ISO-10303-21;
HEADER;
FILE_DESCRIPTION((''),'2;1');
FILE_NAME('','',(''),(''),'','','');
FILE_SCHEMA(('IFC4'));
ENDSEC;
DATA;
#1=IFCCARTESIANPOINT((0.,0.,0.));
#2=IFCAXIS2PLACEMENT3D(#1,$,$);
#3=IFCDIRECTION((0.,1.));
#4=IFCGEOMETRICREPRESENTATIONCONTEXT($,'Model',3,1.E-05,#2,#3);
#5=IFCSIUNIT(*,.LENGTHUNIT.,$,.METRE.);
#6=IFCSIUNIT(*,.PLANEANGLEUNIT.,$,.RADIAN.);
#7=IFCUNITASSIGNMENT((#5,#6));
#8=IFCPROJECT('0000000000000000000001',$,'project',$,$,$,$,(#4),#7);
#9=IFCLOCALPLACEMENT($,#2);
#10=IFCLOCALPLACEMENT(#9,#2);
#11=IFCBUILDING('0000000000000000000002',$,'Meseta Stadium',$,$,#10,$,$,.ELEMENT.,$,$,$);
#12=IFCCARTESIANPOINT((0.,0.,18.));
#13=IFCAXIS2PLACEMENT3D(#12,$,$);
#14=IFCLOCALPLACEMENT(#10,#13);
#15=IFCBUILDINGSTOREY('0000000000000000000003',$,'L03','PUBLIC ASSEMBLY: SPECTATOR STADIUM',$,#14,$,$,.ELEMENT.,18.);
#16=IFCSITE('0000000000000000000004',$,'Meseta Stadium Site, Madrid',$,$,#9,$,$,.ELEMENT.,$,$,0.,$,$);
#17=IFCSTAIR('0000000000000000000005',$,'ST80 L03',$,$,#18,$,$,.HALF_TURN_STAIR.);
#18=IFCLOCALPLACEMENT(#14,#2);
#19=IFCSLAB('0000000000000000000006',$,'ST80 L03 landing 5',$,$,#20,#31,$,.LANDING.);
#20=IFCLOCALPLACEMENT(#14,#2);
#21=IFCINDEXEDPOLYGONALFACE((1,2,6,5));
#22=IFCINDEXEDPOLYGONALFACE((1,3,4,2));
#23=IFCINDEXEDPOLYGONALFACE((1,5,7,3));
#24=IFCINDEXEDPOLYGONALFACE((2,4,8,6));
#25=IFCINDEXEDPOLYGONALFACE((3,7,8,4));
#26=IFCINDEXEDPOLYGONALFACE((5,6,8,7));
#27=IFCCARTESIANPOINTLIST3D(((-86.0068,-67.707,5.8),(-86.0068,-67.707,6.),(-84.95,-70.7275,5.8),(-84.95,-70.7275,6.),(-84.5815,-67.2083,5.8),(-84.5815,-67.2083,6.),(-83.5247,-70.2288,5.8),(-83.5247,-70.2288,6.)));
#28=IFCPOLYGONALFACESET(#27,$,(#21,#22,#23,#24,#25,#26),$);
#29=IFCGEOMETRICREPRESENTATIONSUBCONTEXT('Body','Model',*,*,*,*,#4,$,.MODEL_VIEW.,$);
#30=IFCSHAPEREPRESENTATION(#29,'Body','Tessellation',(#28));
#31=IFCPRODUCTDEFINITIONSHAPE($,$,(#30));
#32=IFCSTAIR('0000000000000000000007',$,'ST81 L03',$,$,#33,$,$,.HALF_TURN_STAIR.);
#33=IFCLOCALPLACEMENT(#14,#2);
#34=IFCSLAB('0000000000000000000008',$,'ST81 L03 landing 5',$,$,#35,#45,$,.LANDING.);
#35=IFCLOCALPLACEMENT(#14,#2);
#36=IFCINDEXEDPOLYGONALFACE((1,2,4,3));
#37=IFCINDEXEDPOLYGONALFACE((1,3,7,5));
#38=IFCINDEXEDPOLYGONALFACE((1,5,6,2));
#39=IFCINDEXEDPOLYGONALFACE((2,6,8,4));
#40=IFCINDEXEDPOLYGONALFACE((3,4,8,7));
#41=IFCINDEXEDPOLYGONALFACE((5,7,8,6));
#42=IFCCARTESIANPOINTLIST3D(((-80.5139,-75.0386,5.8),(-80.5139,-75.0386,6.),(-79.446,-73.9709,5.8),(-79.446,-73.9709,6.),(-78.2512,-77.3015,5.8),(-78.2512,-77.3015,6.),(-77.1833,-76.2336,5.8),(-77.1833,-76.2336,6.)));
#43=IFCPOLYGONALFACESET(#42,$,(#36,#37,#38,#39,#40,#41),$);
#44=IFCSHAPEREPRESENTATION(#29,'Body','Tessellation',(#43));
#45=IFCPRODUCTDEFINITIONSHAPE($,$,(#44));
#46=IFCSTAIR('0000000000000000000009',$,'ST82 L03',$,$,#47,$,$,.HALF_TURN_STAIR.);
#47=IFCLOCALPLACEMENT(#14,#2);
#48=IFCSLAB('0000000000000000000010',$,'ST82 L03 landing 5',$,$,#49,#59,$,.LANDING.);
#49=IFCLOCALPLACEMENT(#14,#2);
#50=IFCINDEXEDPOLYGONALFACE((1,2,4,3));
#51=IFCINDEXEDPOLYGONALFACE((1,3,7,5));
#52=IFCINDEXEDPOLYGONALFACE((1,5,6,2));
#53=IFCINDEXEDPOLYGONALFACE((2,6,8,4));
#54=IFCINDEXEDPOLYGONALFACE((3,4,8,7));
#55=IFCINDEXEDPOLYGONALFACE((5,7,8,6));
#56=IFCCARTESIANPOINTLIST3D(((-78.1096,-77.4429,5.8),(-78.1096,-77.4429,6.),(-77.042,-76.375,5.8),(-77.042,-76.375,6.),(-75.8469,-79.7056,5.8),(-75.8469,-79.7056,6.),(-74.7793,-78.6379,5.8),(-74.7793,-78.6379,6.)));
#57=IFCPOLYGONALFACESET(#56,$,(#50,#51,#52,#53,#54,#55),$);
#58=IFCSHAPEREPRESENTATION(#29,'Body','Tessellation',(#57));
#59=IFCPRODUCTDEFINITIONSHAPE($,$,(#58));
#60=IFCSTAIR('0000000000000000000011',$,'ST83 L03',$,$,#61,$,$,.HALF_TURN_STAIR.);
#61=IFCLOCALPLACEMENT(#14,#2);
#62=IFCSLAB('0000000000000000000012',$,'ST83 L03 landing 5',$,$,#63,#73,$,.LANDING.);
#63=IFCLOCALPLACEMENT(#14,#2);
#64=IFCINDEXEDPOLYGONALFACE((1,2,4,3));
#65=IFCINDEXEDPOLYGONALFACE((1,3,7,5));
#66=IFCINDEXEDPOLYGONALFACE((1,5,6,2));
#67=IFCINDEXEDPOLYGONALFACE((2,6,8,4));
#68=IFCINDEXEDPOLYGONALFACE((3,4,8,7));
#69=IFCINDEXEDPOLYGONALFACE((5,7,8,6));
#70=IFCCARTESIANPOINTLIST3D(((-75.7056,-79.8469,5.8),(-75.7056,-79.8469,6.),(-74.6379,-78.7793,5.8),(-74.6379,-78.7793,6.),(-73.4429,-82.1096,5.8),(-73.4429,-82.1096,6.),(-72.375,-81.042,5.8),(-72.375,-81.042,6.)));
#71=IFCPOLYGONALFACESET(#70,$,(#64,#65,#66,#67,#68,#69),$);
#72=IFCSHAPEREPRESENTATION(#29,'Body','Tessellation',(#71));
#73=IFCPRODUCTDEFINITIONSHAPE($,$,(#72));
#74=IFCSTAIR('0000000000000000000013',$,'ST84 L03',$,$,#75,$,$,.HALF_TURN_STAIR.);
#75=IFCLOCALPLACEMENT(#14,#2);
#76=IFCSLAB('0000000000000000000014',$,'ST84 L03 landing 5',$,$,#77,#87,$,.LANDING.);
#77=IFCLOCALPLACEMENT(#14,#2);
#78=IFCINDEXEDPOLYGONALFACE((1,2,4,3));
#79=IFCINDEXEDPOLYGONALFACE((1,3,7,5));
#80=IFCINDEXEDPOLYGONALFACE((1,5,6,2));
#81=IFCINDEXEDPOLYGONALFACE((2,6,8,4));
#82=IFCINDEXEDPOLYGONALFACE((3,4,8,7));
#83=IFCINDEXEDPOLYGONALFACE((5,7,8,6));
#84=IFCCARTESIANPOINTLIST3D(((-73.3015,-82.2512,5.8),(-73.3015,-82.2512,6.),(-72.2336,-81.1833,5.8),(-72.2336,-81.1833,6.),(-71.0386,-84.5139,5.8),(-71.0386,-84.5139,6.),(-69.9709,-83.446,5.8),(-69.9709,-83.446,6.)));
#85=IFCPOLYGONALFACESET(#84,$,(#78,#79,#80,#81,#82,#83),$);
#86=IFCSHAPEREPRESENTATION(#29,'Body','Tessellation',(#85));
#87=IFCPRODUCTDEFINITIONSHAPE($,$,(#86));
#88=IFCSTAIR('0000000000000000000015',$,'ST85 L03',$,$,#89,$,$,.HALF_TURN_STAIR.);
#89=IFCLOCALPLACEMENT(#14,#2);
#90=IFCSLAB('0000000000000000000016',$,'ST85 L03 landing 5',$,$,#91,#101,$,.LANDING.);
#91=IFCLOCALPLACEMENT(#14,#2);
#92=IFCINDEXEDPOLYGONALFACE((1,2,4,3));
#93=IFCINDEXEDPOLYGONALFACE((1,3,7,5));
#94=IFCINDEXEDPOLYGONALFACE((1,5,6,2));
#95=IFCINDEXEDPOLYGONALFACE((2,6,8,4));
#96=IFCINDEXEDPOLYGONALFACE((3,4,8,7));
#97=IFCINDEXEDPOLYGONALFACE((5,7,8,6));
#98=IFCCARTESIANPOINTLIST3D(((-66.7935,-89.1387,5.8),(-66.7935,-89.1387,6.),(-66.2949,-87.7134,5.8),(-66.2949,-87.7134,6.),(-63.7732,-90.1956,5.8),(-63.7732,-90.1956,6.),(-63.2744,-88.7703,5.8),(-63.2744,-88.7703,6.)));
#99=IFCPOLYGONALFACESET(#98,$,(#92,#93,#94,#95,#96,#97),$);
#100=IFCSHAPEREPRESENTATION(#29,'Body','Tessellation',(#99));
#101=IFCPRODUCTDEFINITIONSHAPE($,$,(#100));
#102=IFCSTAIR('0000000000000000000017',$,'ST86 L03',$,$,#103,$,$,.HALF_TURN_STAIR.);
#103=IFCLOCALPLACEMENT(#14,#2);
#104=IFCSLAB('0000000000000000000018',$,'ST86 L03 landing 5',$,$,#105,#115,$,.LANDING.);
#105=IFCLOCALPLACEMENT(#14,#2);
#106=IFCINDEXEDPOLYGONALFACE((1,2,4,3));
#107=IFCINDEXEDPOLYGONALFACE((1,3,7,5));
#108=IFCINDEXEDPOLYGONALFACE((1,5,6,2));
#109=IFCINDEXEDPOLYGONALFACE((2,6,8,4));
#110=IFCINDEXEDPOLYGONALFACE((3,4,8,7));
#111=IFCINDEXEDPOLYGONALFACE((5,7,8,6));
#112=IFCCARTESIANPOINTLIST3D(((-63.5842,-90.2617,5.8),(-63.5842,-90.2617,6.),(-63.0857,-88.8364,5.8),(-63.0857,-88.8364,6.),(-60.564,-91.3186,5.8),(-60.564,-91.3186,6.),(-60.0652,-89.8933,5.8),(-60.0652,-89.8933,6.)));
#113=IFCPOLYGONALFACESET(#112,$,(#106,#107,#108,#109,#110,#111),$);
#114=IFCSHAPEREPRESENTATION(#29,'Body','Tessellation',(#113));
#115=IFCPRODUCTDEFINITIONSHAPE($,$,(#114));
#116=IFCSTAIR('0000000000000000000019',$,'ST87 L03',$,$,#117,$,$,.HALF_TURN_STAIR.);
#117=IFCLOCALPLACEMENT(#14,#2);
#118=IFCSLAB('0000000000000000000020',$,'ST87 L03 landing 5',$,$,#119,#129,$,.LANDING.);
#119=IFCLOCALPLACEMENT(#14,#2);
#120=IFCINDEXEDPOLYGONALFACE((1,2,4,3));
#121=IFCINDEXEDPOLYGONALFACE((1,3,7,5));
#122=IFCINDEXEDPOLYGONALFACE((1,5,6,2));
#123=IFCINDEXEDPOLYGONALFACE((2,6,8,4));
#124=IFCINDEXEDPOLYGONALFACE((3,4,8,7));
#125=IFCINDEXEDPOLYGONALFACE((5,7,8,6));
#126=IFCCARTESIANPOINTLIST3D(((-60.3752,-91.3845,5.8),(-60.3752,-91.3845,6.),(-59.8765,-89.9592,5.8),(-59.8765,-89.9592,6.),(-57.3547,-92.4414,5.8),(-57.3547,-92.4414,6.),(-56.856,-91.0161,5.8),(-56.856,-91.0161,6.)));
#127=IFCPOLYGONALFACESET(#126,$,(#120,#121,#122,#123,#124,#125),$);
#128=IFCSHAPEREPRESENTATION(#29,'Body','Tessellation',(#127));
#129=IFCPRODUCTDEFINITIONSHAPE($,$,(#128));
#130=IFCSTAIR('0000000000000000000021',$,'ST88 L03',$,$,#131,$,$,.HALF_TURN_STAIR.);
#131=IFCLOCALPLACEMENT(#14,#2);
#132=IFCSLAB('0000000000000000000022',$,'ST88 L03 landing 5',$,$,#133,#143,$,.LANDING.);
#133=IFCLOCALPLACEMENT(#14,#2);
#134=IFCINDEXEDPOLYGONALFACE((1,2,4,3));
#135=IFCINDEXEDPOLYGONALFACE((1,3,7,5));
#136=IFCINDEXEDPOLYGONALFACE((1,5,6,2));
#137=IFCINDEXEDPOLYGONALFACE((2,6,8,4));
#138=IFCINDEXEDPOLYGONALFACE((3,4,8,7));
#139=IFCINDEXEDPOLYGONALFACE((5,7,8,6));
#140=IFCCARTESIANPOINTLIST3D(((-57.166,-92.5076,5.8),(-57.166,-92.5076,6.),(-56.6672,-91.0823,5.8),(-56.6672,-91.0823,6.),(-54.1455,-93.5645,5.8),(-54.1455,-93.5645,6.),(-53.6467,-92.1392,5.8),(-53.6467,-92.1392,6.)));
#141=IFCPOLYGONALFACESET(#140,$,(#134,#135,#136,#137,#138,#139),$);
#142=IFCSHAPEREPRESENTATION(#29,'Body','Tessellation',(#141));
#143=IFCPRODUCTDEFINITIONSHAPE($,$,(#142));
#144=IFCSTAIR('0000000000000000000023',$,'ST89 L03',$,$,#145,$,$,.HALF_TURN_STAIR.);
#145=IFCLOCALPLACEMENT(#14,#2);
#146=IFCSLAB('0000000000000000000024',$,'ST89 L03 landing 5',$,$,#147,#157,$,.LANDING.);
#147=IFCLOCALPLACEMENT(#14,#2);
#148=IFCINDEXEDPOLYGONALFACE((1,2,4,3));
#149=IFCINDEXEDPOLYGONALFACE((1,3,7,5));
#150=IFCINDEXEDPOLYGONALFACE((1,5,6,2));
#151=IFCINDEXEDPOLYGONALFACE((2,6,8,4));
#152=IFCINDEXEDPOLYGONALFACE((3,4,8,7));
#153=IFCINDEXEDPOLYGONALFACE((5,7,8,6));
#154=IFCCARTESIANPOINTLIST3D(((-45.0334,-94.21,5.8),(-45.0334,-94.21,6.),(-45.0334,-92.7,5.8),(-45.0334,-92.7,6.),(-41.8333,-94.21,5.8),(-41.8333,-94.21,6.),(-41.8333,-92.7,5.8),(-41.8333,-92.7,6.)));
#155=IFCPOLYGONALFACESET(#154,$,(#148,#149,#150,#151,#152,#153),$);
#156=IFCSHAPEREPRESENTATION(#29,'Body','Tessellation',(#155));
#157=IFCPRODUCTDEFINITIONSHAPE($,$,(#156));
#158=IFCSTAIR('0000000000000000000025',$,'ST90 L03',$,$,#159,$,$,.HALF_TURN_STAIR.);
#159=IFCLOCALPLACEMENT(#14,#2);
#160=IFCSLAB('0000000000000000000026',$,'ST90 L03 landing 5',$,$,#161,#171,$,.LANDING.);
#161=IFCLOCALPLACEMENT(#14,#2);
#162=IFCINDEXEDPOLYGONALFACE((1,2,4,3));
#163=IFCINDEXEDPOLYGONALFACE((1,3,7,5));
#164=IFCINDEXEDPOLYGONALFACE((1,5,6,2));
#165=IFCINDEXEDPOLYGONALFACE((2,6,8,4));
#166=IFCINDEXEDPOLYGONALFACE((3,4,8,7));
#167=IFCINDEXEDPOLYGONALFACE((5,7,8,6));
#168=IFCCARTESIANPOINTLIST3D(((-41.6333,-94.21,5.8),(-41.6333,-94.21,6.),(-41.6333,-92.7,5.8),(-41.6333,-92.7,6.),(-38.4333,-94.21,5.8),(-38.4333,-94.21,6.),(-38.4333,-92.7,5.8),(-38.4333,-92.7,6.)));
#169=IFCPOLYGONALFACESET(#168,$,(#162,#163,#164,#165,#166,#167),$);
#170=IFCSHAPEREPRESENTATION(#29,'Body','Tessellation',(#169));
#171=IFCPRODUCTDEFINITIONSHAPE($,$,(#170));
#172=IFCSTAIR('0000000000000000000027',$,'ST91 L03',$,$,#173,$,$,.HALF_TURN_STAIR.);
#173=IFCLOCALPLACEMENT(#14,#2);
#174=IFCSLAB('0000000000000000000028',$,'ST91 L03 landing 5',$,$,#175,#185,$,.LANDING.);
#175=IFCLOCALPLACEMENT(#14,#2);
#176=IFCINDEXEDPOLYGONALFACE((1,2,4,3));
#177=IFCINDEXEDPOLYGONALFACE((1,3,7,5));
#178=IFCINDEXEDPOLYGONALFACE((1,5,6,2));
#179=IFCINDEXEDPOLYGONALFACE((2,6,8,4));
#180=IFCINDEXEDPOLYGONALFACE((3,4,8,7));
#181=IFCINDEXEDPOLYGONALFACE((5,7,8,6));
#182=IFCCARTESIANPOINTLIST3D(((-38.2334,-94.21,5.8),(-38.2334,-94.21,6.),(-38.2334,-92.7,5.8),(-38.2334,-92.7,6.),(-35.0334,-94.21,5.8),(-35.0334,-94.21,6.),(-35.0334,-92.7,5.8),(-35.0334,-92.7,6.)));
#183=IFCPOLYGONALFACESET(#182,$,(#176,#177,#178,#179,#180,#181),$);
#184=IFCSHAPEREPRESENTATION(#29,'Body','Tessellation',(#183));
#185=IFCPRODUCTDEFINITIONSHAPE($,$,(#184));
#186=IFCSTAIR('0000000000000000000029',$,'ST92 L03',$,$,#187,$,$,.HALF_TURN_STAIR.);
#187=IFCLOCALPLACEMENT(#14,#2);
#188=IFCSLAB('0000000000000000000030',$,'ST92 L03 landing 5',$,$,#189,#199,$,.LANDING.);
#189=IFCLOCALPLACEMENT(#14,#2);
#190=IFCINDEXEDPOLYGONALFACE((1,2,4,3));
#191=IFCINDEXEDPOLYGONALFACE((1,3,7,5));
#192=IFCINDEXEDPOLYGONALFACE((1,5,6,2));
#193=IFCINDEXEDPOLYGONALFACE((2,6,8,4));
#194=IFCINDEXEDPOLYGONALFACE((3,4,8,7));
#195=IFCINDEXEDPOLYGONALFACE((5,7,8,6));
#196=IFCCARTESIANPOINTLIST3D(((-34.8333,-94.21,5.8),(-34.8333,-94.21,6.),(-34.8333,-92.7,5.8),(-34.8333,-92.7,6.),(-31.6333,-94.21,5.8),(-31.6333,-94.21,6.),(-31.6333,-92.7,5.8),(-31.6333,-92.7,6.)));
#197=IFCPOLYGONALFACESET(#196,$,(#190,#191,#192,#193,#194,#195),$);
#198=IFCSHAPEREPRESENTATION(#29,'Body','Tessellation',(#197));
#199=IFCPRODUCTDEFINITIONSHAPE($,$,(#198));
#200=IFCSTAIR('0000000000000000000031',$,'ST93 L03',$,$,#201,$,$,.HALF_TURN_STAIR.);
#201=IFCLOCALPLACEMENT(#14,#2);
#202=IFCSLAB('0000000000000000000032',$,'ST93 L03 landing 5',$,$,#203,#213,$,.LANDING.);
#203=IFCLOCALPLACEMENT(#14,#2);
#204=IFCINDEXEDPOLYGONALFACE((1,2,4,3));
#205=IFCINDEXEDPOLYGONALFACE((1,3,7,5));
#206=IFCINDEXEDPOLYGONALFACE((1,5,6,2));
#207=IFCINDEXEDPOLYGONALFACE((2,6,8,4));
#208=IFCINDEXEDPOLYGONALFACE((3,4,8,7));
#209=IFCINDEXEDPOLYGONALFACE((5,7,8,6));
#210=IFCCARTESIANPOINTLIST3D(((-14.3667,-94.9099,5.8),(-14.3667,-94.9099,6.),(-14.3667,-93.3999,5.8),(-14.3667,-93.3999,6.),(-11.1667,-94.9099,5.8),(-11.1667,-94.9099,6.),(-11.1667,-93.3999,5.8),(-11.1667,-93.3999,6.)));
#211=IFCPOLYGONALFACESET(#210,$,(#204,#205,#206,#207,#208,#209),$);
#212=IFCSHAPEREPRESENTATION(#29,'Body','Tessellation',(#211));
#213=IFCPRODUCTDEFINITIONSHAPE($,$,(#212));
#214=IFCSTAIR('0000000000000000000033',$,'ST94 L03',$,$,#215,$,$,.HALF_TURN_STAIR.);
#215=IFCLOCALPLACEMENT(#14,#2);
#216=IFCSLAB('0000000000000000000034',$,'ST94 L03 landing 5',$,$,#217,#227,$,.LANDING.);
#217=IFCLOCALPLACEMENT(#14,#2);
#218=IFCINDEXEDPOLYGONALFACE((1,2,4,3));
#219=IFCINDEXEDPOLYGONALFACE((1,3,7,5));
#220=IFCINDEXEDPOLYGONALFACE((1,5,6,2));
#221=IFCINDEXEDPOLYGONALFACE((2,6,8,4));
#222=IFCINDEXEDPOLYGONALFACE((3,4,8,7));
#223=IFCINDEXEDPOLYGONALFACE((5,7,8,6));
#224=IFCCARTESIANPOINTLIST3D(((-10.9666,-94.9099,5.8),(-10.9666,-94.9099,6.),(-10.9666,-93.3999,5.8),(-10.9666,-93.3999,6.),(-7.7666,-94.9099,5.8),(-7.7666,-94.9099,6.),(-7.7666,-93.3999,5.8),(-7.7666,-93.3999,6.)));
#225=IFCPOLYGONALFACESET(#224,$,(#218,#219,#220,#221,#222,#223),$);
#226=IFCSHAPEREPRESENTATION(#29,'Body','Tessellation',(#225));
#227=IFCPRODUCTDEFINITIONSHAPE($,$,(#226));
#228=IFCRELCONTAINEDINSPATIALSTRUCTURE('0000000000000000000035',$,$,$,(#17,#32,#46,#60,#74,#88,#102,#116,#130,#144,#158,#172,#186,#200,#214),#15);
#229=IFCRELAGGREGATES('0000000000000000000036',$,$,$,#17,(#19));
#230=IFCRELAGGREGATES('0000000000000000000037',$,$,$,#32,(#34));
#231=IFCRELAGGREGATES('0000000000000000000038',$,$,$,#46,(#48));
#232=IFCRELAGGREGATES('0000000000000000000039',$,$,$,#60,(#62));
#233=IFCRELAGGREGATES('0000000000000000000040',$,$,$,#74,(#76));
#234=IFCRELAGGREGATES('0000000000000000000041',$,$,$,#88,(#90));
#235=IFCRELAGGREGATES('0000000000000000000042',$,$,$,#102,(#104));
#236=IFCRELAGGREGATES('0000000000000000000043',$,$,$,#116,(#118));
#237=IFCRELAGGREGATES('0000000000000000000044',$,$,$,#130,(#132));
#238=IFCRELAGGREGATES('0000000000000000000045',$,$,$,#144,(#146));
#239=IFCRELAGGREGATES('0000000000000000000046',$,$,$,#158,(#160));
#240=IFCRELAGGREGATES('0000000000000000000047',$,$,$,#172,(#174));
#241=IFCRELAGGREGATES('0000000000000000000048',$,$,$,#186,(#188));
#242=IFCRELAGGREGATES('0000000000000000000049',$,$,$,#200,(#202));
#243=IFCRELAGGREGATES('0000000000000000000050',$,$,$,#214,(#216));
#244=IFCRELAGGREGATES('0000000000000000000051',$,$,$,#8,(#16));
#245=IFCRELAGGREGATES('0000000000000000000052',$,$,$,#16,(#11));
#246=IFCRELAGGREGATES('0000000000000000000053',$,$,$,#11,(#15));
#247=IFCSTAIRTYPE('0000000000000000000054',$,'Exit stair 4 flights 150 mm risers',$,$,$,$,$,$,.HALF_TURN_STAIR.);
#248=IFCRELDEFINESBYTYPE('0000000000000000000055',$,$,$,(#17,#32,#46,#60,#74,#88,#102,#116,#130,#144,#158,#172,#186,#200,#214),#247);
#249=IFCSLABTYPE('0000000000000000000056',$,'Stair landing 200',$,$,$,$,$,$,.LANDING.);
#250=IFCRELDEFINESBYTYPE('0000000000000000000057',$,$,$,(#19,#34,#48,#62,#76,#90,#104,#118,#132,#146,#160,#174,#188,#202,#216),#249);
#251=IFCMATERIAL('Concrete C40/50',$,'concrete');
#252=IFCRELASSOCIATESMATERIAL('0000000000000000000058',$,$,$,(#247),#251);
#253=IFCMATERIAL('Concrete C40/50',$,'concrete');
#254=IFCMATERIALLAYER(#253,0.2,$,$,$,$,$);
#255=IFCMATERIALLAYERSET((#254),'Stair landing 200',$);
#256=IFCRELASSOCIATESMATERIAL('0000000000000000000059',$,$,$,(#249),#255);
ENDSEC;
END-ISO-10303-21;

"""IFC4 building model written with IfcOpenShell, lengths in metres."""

from ifc_helpers import new_model, si_unit, direction, frame, origin, place, context, subcontext, project, spatial, polyline, outline, extrude, material, layer, layer_set, type_object, element, aggregate, save


model = new_model("IFC4")

# Units and contexts
model_context = context("Model", 3, precision=1e-05, world=origin(), true_north=direction((0.0, 1.0)))
body_context = subcontext(model_context, "Body", "Model", "MODEL_VIEW")
ifc_project = project(units=[si_unit("LENGTHUNIT", "METRE"), si_unit("PLANEANGLEUNIT", "RADIAN")], contexts=[model_context])

# Site, building, storey
site_placement = place(None, origin())
site = spatial("IfcSite", under=ifc_project, at=site_placement, Name="Meseta Stadium Site, Madrid", CompositionType="ELEMENT", RefElevation=0.0)
building_placement = place(site_placement, origin())
building = spatial("IfcBuilding", under=site, at=building_placement, Name="Meseta Stadium", CompositionType="ELEMENT")
storey_placement = place(building_placement, frame((0.0, 0.0, 18.0)))
storey = spatial("IfcBuildingStorey", under=building, at=storey_placement, Name="L03", Description="PUBLIC ASSEMBLY: SPECTATOR STADIUM", CompositionType="ELEMENT", Elevation=18.0)

# Stairs, slabs
ifc_material_1 = material(Name="Concrete C40/50", Category="concrete")
stair_type = type_object("IfcStairType", Name="Exit stair 4 flights 150 mm risers", PredefinedType="HALF_TURN_STAIR", material=ifc_material_1)
stair_1_placement = place(storey_placement, origin())
stair_1 = element("IfcStair", 1, at=stair_1_placement, inside=storey, type_object=stair_type, Name="ST80 L03", PredefinedType="HALF_TURN_STAIR")
ifc_material_2 = material(Name="Concrete C40/50", Category="concrete")
ifc_layer = layer(ifc_material_2, 0.2)
ifc_layer_set = layer_set([ifc_layer], Name="Stair landing 200")
slab_type = type_object("IfcSlabType", Name="Stair landing 200", PredefinedType="LANDING", material=ifc_layer_set)
slab_1_placement = place(storey_placement, frame((0.0, 0.0, 5.8)))
slab_1 = element("IfcSlab", 2, at=slab_1_placement, type_object=slab_type, Name="ST80 L03 landing 5", PredefinedType="LANDING", context=body_context, shape_type="SweptSolid", body=[
    extrude(outline(polyline([(-84.5815, -67.2083), (-86.0068, -67.707), (-84.95, -70.7275), (-83.5247, -70.2288), (-84.5815, -67.2083)])), origin(), (0.0, 0.0, 1.0), 0.2),
])
aggregate(stair_1, [slab_1])
stair_2_placement = place(storey_placement, origin())
stair_2 = element("IfcStair", 3, at=stair_2_placement, inside=storey, type_object=stair_type, Name="ST81 L03", PredefinedType="HALF_TURN_STAIR")
slab_2_placement = place(storey_placement, frame((0.0, 0.0, 5.8)))
slab_2 = element("IfcSlab", 4, at=slab_2_placement, type_object=slab_type, Name="ST81 L03 landing 5", PredefinedType="LANDING", context=body_context, shape_type="SweptSolid", body=[
    extrude(outline(polyline([(-79.446, -73.9709), (-80.5139, -75.0386), (-78.2512, -77.3015), (-77.1833, -76.2336), (-79.446, -73.9709)])), origin(), (0.0, 0.0, 1.0), 0.2),
])
aggregate(stair_2, [slab_2])
stair_3_placement = place(storey_placement, origin())
stair_3 = element("IfcStair", 5, at=stair_3_placement, inside=storey, type_object=stair_type, Name="ST82 L03", PredefinedType="HALF_TURN_STAIR")
slab_3_placement = place(storey_placement, frame((0.0, 0.0, 5.8)))
slab_3 = element("IfcSlab", 6, at=slab_3_placement, type_object=slab_type, Name="ST82 L03 landing 5", PredefinedType="LANDING", context=body_context, shape_type="SweptSolid", body=[
    extrude(outline(polyline([(-77.042, -76.375), (-78.1096, -77.4429), (-75.8469, -79.7056), (-74.7793, -78.6379), (-77.042, -76.375)])), origin(), (0.0, 0.0, 1.0), 0.2),
])
aggregate(stair_3, [slab_3])
stair_4_placement = place(storey_placement, origin())
stair_4 = element("IfcStair", 7, at=stair_4_placement, inside=storey, type_object=stair_type, Name="ST83 L03", PredefinedType="HALF_TURN_STAIR")
slab_4_placement = place(storey_placement, frame((0.0, 0.0, 5.8)))
slab_4 = element("IfcSlab", 8, at=slab_4_placement, type_object=slab_type, Name="ST83 L03 landing 5", PredefinedType="LANDING", context=body_context, shape_type="SweptSolid", body=[
    extrude(outline(polyline([(-74.6379, -78.7793), (-75.7056, -79.8469), (-73.4429, -82.1096), (-72.375, -81.042), (-74.6379, -78.7793)])), origin(), (0.0, 0.0, 1.0), 0.2),
])
aggregate(stair_4, [slab_4])
stair_5_placement = place(storey_placement, origin())
stair_5 = element("IfcStair", 9, at=stair_5_placement, inside=storey, type_object=stair_type, Name="ST84 L03", PredefinedType="HALF_TURN_STAIR")
slab_5_placement = place(storey_placement, frame((0.0, 0.0, 5.8)))
slab_5 = element("IfcSlab", 10, at=slab_5_placement, type_object=slab_type, Name="ST84 L03 landing 5", PredefinedType="LANDING", context=body_context, shape_type="SweptSolid", body=[
    extrude(outline(polyline([(-72.2336, -81.1833), (-73.3015, -82.2512), (-71.0386, -84.5139), (-69.9709, -83.446), (-72.2336, -81.1833)])), origin(), (0.0, 0.0, 1.0), 0.2),
])
aggregate(stair_5, [slab_5])
stair_6_placement = place(storey_placement, origin())
stair_6 = element("IfcStair", 11, at=stair_6_placement, inside=storey, type_object=stair_type, Name="ST85 L03", PredefinedType="HALF_TURN_STAIR")
slab_6_placement = place(storey_placement, frame((0.0, 0.0, 5.8)))
slab_6 = element("IfcSlab", 12, at=slab_6_placement, type_object=slab_type, Name="ST85 L03 landing 5", PredefinedType="LANDING", context=body_context, shape_type="SweptSolid", body=[
    extrude(outline(polyline([(-66.2949, -87.7134), (-66.7935, -89.1387), (-63.7732, -90.1956), (-63.2744, -88.7703), (-66.2949, -87.7134)])), origin(), (0.0, 0.0, 1.0), 0.2),
])
aggregate(stair_6, [slab_6])
stair_7_placement = place(storey_placement, origin())
stair_7 = element("IfcStair", 13, at=stair_7_placement, inside=storey, type_object=stair_type, Name="ST86 L03", PredefinedType="HALF_TURN_STAIR")
slab_7_placement = place(storey_placement, frame((0.0, 0.0, 5.8)))
slab_7 = element("IfcSlab", 14, at=slab_7_placement, type_object=slab_type, Name="ST86 L03 landing 5", PredefinedType="LANDING", context=body_context, shape_type="SweptSolid", body=[
    extrude(outline(polyline([(-63.0857, -88.8364), (-63.5842, -90.2617), (-60.564, -91.3186), (-60.0652, -89.8933), (-63.0857, -88.8364)])), origin(), (0.0, 0.0, 1.0), 0.2),
])
aggregate(stair_7, [slab_7])
stair_8_placement = place(storey_placement, origin())
stair_8 = element("IfcStair", 15, at=stair_8_placement, inside=storey, type_object=stair_type, Name="ST87 L03", PredefinedType="HALF_TURN_STAIR")
slab_8_placement = place(storey_placement, frame((0.0, 0.0, 5.8)))
slab_8 = element("IfcSlab", 16, at=slab_8_placement, type_object=slab_type, Name="ST87 L03 landing 5", PredefinedType="LANDING", context=body_context, shape_type="SweptSolid", body=[
    extrude(outline(polyline([(-59.8765, -89.9592), (-60.3752, -91.3845), (-57.3547, -92.4414), (-56.856, -91.0161), (-59.8765, -89.9592)])), origin(), (0.0, 0.0, 1.0), 0.2),
])
aggregate(stair_8, [slab_8])
stair_9_placement = place(storey_placement, origin())
stair_9 = element("IfcStair", 17, at=stair_9_placement, inside=storey, type_object=stair_type, Name="ST88 L03", PredefinedType="HALF_TURN_STAIR")
slab_9_placement = place(storey_placement, frame((0.0, 0.0, 5.8)))
slab_9 = element("IfcSlab", 18, at=slab_9_placement, type_object=slab_type, Name="ST88 L03 landing 5", PredefinedType="LANDING", context=body_context, shape_type="SweptSolid", body=[
    extrude(outline(polyline([(-56.6672, -91.0823), (-57.166, -92.5076), (-54.1455, -93.5645), (-53.6467, -92.1392), (-56.6672, -91.0823)])), origin(), (0.0, 0.0, 1.0), 0.2),
])
aggregate(stair_9, [slab_9])
stair_10_placement = place(storey_placement, origin())
stair_10 = element("IfcStair", 19, at=stair_10_placement, inside=storey, type_object=stair_type, Name="ST89 L03", PredefinedType="HALF_TURN_STAIR")
slab_10_placement = place(storey_placement, frame((0.0, 0.0, 5.8)))
slab_10 = element("IfcSlab", 20, at=slab_10_placement, type_object=slab_type, Name="ST89 L03 landing 5", PredefinedType="LANDING", context=body_context, shape_type="SweptSolid", body=[
    extrude(outline(polyline([(-45.0334, -92.7), (-45.0334, -94.21), (-41.8333, -94.21), (-41.8333, -92.7), (-45.0334, -92.7)])), origin(), (0.0, 0.0, 1.0), 0.2),
])
aggregate(stair_10, [slab_10])
stair_11_placement = place(storey_placement, origin())
stair_11 = element("IfcStair", 21, at=stair_11_placement, inside=storey, type_object=stair_type, Name="ST90 L03", PredefinedType="HALF_TURN_STAIR")
slab_11_placement = place(storey_placement, frame((0.0, 0.0, 5.8)))
slab_11 = element("IfcSlab", 22, at=slab_11_placement, type_object=slab_type, Name="ST90 L03 landing 5", PredefinedType="LANDING", context=body_context, shape_type="SweptSolid", body=[
    extrude(outline(polyline([(-41.6333, -92.7), (-41.6333, -94.21), (-38.4333, -94.21), (-38.4333, -92.7), (-41.6333, -92.7)])), origin(), (0.0, 0.0, 1.0), 0.2),
])
aggregate(stair_11, [slab_11])
stair_12_placement = place(storey_placement, origin())
stair_12 = element("IfcStair", 23, at=stair_12_placement, inside=storey, type_object=stair_type, Name="ST91 L03", PredefinedType="HALF_TURN_STAIR")
slab_12_placement = place(storey_placement, frame((0.0, 0.0, 5.8)))
slab_12 = element("IfcSlab", 24, at=slab_12_placement, type_object=slab_type, Name="ST91 L03 landing 5", PredefinedType="LANDING", context=body_context, shape_type="SweptSolid", body=[
    extrude(outline(polyline([(-38.2334, -92.7), (-38.2334, -94.21), (-35.0334, -94.21), (-35.0334, -92.7), (-38.2334, -92.7)])), origin(), (0.0, 0.0, 1.0), 0.2),
])
aggregate(stair_12, [slab_12])
stair_13_placement = place(storey_placement, origin())
stair_13 = element("IfcStair", 25, at=stair_13_placement, inside=storey, type_object=stair_type, Name="ST92 L03", PredefinedType="HALF_TURN_STAIR")
slab_13_placement = place(storey_placement, frame((0.0, 0.0, 5.8)))
slab_13 = element("IfcSlab", 26, at=slab_13_placement, type_object=slab_type, Name="ST92 L03 landing 5", PredefinedType="LANDING", context=body_context, shape_type="SweptSolid", body=[
    extrude(outline(polyline([(-34.8333, -92.7), (-34.8333, -94.21), (-31.6333, -94.21), (-31.6333, -92.7), (-34.8333, -92.7)])), origin(), (0.0, 0.0, 1.0), 0.2),
])
aggregate(stair_13, [slab_13])
stair_14_placement = place(storey_placement, origin())
stair_14 = element("IfcStair", 27, at=stair_14_placement, inside=storey, type_object=stair_type, Name="ST93 L03", PredefinedType="HALF_TURN_STAIR")
slab_14_placement = place(storey_placement, frame((0.0, 0.0, 5.8)))
slab_14 = element("IfcSlab", 28, at=slab_14_placement, type_object=slab_type, Name="ST93 L03 landing 5", PredefinedType="LANDING", context=body_context, shape_type="SweptSolid", body=[
    extrude(outline(polyline([(-14.3667, -93.3999), (-14.3667, -94.9099), (-11.1667, -94.9099), (-11.1667, -93.3999), (-14.3667, -93.3999)])), origin(), (0.0, 0.0, 1.0), 0.2),
])
aggregate(stair_14, [slab_14])
stair_15_placement = place(storey_placement, origin())
stair_15 = element("IfcStair", 29, at=stair_15_placement, inside=storey, type_object=stair_type, Name="ST94 L03", PredefinedType="HALF_TURN_STAIR")
slab_15_placement = place(storey_placement, frame((0.0, 0.0, 5.8)))
slab_15 = element("IfcSlab", 30, at=slab_15_placement, type_object=slab_type, Name="ST94 L03 landing 5", PredefinedType="LANDING", context=body_context, shape_type="SweptSolid", body=[
    extrude(outline(polyline([(-10.9666, -93.3999), (-10.9666, -94.9099), (-7.7666, -94.9099), (-7.7666, -93.3999), (-10.9666, -93.3999)])), origin(), (0.0, 0.0, 1.0), 0.2),
])
aggregate(stair_15, [slab_15])

save(model, "model.ifc")
